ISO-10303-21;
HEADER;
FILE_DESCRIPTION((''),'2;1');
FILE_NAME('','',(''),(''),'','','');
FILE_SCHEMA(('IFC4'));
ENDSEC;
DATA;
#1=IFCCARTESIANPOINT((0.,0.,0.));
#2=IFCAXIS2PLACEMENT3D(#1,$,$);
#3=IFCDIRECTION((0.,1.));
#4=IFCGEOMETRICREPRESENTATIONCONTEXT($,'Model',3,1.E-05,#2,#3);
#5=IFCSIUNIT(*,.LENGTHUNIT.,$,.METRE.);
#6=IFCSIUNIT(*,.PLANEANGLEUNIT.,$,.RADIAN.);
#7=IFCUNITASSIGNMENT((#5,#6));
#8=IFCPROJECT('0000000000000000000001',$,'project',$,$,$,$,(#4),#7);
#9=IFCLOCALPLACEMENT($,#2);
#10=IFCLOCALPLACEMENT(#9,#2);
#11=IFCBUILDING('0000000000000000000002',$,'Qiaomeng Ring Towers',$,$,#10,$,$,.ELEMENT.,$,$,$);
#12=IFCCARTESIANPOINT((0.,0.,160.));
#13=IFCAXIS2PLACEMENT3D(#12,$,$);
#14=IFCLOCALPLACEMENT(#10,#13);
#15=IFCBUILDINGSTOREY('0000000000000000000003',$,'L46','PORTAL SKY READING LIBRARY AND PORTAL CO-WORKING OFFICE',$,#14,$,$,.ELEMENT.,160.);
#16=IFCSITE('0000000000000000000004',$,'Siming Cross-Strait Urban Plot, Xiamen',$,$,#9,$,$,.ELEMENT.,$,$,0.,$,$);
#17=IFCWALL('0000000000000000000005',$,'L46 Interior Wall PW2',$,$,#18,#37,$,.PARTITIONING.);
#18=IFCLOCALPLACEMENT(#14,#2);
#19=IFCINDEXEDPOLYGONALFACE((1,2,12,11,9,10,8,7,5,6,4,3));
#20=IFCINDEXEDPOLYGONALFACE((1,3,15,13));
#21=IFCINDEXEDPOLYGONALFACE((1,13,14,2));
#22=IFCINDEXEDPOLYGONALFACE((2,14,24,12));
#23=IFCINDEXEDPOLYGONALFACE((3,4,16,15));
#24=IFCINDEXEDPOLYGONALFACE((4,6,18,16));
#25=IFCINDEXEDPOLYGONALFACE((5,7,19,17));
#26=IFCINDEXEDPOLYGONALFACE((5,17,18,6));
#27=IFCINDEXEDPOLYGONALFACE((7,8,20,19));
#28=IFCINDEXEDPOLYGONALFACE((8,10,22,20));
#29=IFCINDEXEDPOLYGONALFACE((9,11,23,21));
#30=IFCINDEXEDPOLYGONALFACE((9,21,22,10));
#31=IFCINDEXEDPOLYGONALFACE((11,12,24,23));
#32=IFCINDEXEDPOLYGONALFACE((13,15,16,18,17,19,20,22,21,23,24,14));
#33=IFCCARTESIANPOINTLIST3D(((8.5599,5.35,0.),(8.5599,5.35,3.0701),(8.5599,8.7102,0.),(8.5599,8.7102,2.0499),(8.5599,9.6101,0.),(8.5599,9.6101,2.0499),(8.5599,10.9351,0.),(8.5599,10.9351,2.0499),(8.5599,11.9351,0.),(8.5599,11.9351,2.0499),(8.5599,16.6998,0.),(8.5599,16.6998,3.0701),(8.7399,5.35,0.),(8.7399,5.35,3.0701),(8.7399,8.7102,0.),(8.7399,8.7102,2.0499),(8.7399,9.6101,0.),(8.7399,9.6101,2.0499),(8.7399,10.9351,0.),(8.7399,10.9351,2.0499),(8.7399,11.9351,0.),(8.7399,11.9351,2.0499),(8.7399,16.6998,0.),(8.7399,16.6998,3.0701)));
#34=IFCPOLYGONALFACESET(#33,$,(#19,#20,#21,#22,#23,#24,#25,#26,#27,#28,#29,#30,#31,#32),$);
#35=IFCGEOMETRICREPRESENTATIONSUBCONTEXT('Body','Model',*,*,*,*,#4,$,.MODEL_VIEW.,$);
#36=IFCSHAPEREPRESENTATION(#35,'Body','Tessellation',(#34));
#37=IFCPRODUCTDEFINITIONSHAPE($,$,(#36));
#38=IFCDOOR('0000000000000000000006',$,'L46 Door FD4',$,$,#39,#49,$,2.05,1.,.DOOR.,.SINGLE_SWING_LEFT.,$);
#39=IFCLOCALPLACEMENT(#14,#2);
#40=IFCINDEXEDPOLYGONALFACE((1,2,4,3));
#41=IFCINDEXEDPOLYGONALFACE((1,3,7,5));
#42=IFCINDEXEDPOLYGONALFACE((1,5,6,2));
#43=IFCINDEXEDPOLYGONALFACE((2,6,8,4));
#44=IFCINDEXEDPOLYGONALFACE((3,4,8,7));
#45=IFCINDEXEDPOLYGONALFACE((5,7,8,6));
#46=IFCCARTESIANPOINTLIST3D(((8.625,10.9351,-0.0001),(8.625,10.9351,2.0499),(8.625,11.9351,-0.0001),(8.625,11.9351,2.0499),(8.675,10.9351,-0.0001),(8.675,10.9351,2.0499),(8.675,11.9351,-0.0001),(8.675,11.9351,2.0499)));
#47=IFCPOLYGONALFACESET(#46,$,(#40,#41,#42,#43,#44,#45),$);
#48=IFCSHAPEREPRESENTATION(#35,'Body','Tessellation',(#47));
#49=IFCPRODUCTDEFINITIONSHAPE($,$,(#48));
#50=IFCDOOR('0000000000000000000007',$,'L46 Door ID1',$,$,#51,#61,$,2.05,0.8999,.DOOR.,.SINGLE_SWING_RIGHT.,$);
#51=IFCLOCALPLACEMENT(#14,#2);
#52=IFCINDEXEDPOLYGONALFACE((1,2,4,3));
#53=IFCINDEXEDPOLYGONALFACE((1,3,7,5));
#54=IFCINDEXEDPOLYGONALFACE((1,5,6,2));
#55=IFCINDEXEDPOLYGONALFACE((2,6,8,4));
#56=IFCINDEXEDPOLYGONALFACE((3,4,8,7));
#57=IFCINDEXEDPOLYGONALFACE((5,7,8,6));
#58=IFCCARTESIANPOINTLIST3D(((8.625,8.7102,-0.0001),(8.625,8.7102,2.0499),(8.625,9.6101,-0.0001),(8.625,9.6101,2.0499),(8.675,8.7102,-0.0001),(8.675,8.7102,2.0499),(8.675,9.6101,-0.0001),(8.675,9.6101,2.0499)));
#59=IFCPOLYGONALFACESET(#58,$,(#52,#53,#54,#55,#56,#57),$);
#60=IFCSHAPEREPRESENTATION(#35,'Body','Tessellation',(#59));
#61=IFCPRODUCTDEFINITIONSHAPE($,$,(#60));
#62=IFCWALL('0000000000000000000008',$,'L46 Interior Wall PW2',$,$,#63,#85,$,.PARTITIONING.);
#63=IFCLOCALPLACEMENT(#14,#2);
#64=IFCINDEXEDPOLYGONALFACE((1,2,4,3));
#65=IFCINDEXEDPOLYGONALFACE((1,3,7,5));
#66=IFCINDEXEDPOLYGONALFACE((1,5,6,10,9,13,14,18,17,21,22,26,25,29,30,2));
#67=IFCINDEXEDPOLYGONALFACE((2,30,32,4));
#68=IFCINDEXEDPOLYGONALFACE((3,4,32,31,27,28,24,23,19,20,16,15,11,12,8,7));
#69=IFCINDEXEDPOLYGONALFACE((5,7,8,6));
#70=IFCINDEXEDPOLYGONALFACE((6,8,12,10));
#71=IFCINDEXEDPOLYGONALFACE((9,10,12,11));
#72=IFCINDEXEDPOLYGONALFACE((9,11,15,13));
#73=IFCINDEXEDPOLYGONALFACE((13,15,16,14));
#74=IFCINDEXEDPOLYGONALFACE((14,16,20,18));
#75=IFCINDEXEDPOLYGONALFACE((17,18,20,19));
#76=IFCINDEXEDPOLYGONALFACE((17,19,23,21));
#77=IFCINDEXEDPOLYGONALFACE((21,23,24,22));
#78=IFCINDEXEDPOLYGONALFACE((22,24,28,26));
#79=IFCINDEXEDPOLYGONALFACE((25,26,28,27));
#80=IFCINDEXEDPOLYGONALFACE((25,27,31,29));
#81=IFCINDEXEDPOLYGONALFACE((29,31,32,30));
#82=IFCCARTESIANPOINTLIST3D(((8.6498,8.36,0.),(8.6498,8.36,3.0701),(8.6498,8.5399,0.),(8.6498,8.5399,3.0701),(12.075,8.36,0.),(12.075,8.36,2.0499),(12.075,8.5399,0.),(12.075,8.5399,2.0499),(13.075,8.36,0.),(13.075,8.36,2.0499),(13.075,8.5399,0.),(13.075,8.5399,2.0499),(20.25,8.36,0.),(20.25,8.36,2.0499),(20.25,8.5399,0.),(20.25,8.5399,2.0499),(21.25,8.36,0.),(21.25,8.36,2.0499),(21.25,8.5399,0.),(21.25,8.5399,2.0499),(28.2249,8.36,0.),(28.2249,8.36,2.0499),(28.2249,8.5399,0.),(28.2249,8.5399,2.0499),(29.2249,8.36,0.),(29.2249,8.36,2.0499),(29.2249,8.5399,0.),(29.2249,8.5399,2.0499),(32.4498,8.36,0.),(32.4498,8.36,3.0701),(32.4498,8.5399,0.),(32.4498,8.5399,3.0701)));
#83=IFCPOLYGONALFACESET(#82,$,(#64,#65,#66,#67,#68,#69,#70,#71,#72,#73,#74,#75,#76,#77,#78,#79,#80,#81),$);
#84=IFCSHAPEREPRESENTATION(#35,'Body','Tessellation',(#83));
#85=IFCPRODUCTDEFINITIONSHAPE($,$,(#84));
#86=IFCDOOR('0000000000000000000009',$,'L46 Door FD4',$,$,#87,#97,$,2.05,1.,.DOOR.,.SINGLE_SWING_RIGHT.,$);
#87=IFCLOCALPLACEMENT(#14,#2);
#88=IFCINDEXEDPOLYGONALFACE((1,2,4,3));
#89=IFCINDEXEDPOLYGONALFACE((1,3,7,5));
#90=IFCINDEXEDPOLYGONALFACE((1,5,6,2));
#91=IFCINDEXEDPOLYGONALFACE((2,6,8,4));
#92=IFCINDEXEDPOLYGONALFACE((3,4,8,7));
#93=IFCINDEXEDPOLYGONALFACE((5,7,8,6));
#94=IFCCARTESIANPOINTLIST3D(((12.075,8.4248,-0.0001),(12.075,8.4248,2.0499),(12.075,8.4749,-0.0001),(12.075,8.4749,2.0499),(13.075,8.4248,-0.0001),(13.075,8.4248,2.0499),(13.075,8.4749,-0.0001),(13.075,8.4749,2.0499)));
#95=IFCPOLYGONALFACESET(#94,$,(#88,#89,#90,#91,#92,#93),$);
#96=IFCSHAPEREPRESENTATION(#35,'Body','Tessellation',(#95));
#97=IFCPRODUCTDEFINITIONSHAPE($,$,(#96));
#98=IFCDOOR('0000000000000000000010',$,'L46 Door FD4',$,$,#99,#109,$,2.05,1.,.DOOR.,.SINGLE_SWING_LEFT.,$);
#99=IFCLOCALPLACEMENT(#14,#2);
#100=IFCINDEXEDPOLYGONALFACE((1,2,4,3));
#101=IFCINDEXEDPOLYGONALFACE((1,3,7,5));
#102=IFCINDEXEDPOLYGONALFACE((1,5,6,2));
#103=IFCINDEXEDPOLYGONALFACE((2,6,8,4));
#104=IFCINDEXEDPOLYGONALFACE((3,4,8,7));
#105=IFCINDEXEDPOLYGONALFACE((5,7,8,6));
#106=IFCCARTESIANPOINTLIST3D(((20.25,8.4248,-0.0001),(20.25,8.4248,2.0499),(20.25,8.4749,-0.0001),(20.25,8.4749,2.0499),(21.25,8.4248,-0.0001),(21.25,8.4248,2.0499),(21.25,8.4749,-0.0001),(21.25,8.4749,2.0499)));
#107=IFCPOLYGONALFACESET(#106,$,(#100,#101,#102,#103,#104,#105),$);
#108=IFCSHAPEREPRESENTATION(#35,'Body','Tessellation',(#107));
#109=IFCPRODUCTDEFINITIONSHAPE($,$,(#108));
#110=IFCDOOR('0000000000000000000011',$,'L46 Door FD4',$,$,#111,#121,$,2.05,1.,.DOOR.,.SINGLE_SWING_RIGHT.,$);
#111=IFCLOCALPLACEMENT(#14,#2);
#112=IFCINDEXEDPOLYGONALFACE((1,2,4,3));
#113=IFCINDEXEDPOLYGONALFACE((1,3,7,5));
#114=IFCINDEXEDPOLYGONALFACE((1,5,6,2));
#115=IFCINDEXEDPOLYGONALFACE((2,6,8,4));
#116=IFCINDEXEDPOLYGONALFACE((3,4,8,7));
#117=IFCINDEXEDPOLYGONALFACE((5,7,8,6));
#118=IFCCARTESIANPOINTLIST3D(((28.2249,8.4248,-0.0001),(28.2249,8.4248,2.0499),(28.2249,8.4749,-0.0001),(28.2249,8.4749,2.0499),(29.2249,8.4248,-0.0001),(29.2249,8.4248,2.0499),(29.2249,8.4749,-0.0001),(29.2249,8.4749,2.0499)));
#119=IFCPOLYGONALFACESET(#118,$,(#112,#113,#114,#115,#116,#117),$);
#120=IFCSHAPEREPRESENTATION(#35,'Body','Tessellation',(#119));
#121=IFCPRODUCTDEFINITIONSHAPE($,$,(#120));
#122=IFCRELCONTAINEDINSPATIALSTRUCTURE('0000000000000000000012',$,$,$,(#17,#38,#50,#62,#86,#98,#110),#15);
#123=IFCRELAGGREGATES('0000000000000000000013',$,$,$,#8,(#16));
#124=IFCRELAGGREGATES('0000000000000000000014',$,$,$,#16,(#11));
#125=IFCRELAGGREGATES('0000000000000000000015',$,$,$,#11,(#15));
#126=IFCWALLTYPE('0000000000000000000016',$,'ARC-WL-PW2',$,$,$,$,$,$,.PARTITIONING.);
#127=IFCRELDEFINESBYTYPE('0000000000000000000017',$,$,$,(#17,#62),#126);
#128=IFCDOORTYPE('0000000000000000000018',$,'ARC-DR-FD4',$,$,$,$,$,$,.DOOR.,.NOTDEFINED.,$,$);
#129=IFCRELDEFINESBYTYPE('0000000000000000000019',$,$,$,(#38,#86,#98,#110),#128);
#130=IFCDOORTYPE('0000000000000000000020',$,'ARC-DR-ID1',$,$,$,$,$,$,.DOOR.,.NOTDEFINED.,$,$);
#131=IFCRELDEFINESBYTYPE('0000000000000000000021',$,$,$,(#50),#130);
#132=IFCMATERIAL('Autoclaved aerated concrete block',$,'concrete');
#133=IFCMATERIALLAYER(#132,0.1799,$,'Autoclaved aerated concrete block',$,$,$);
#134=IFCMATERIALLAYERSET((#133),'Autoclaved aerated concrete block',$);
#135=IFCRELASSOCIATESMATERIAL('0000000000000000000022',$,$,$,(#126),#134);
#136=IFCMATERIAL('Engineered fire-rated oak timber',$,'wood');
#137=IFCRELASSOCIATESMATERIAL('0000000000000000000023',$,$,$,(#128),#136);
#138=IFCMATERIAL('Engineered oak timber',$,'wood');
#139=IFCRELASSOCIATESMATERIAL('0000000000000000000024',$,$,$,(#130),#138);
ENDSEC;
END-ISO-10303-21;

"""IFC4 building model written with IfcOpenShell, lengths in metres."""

from ifc_helpers import new_model, si_unit, direction, frame, frame_2d, origin, place, context, subcontext, project, spatial, rectangle, extrude, source, transform, mapped, material, layer, layer_set, type_object, element, fill, save


model = new_model("IFC4")

# Units and contexts
model_context = context("Model", 3, precision=1e-05, world=origin(), true_north=direction((0.0, 1.0)))
body_context = subcontext(model_context, "Body", "Model", "MODEL_VIEW")
ifc_project = project(units=[si_unit("LENGTHUNIT", "METRE"), si_unit("PLANEANGLEUNIT", "RADIAN")], contexts=[model_context])

# Site, building, storey
site_placement = place(None, origin())
site = spatial("IfcSite", under=ifc_project, at=site_placement, Name="Siming Cross-Strait Urban Plot, Xiamen", CompositionType="ELEMENT", RefElevation=0.0)
building_placement = place(site_placement, origin())
building = spatial("IfcBuilding", under=site, at=building_placement, Name="Qiaomeng Ring Towers", CompositionType="ELEMENT")
storey_placement = place(building_placement, frame((0.0, 0.0, 160.0)))
storey = spatial("IfcBuildingStorey", under=building, at=storey_placement, Name="L46", Description="PORTAL SKY READING LIBRARY AND PORTAL CO-WORKING OFFICE", CompositionType="ELEMENT", Elevation=160.0)

# Walls, openings, doors
ifc_material_1 = material(Name="Autoclaved aerated concrete block", Category="concrete")
ifc_layer_1 = layer(ifc_material_1, 0.1799, Name="Autoclaved aerated concrete block")
ifc_layer_set_1 = layer_set([ifc_layer_1], Name="Autoclaved aerated concrete block")
wall_type_1 = type_object("IfcWallType", Name="ARC-WL-PW2", PredefinedType="PARTITIONING", material=ifc_layer_set_1)
wall_1_placement = place(storey_placement, frame((8.6499, 5.3501, 0.0), z_axis=(0.0, 0.0, 1.0), x_axis=(0.0, 1.0, 0.0)))
wall_1 = element("IfcWall", 1, at=wall_1_placement, inside=storey, type_object=wall_type_1, Name="L46 Interior Wall PW2", PredefinedType="PARTITIONING", context=body_context, shape_type="SweptSolid", body=[
    extrude(rectangle(XDim=11.3499, YDim=0.1799, at=frame_2d((5.6748, 0.0))), origin(), (0.0, 0.0, 1.0), 3.0701),
])
opening_1_placement = place(wall_1_placement, frame((3.3601, 0.0, 0.0)))
opening_1 = element("IfcOpeningElement", 2, at=opening_1_placement, cuts=wall_1, PredefinedType="OPENING", context=body_context, shape_type="SweptSolid", body=[
    extrude(rectangle(XDim=0.8999, YDim=2.05, at=frame_2d((0.45, 1.0249))), frame((0.0, 0.0999, 0.0), z_axis=(0.0, -1.0, 0.0), x_axis=(1.0, 0.0, 0.0)), (0.0, 0.0, 1.0), 0.2),
])
opening_2_placement = place(wall_1_placement, frame((5.585, 0.0, 0.0)))
opening_2 = element("IfcOpeningElement", 3, at=opening_2_placement, cuts=wall_1, PredefinedType="OPENING", context=body_context, shape_type="SweptSolid", body=[
    extrude(rectangle(XDim=1.0, YDim=2.05, at=frame_2d((0.5, 1.0249))), frame((0.0, 0.0999, 0.0), z_axis=(0.0, -1.0, 0.0), x_axis=(1.0, 0.0, 0.0)), (0.0, 0.0, 1.0), 0.2),
])
ifc_material_2 = material(Name="Engineered fire-rated oak timber", Category="wood")
door_type_1 = type_object("IfcDoorType", Name="ARC-DR-FD4", OperationType="NOTDEFINED", PredefinedType="DOOR", material=ifc_material_2)
shared_shape_1 = source(origin(), body_context, "Body", "SweptSolid", [
    extrude(rectangle(XDim=1.0, YDim=2.05, at=frame_2d((0.5, 1.0249))), frame((0.0, 0.0249, 0.0), z_axis=(0.0, -1.0, 0.0), x_axis=(1.0, 0.0, 0.0)), (0.0, 0.0, 1.0), 0.05),
])
door_1_placement = place(opening_2_placement, origin())
door_1 = element("IfcDoor", 4, at=door_1_placement, inside=storey, type_object=door_type_1, Name="L46 Door FD4", OperationType="SINGLE_SWING_LEFT", OverallHeight=2.05, OverallWidth=1.0, PredefinedType="DOOR", context=body_context, shape_type="MappedRepresentation", body=[
    mapped(shared_shape_1, transform((0.0, 0.0, 0.0), x_axis=(1.0, 0.0, 0.0), y_axis=(0.0, 1.0, 0.0), z_axis=(0.0, 0.0, 1.0), scale=1.0)),
])
fill(opening_2, door_1)
ifc_material_3 = material(Name="Engineered oak timber", Category="wood")
door_type_2 = type_object("IfcDoorType", Name="ARC-DR-ID1", OperationType="NOTDEFINED", PredefinedType="DOOR", material=ifc_material_3)
shared_shape_2 = source(origin(), body_context, "Body", "SweptSolid", [
    extrude(rectangle(XDim=0.8999, YDim=2.05, at=frame_2d((0.45, 1.0249))), frame((0.0, 0.0249, 0.0), z_axis=(0.0, -1.0, 0.0), x_axis=(1.0, 0.0, 0.0)), (0.0, 0.0, 1.0), 0.05),
])
door_2_placement = place(opening_1_placement, origin())
door_2 = element("IfcDoor", 5, at=door_2_placement, inside=storey, type_object=door_type_2, Name="L46 Door ID1", OperationType="SINGLE_SWING_RIGHT", OverallHeight=2.05, OverallWidth=0.8999, PredefinedType="DOOR", context=body_context, shape_type="MappedRepresentation", body=[
    mapped(shared_shape_2, transform((0.0, 0.0, 0.0), x_axis=(1.0, 0.0, 0.0), y_axis=(0.0, 1.0, 0.0), z_axis=(0.0, 0.0, 1.0), scale=1.0)),
])
fill(opening_1, door_2)
wall_2_placement = place(storey_placement, frame((8.6499, 8.45, 0.0), z_axis=(0.0, 0.0, 1.0), x_axis=(1.0, 0.0, 0.0)))
wall_2 = element("IfcWall", 6, at=wall_2_placement, inside=storey, type_object=wall_type_1, Name="L46 Interior Wall PW2", PredefinedType="PARTITIONING", context=body_context, shape_type="SweptSolid", body=[
    extrude(rectangle(XDim=23.8, YDim=0.1799, at=frame_2d((11.8999, 0.0))), origin(), (0.0, 0.0, 1.0), 3.0701),
])
opening_3_placement = place(wall_2_placement, frame((3.425, 0.0, 0.0)))
opening_3 = element("IfcOpeningElement", 7, at=opening_3_placement, cuts=wall_2, PredefinedType="OPENING", context=body_context, shape_type="SweptSolid", body=[
    extrude(rectangle(XDim=1.0, YDim=2.05, at=frame_2d((0.5, 1.0249))), frame((0.0, 0.0999, 0.0), z_axis=(0.0, -1.0, 0.0), x_axis=(1.0, 0.0, 0.0)), (0.0, 0.0, 1.0), 0.2),
])
opening_4_placement = place(wall_2_placement, frame((11.6001, 0.0, 0.0)))
opening_4 = element("IfcOpeningElement", 8, at=opening_4_placement, cuts=wall_2, PredefinedType="OPENING", context=body_context, shape_type="SweptSolid", body=[
    extrude(rectangle(XDim=1.0, YDim=2.05, at=frame_2d((0.5, 1.0249))), frame((0.0, 0.0999, 0.0), z_axis=(0.0, -1.0, 0.0), x_axis=(1.0, 0.0, 0.0)), (0.0, 0.0, 1.0), 0.2),
])
opening_5_placement = place(wall_2_placement, frame((19.575, 0.0, 0.0)))
opening_5 = element("IfcOpeningElement", 9, at=opening_5_placement, cuts=wall_2, PredefinedType="OPENING", context=body_context, shape_type="SweptSolid", body=[
    extrude(rectangle(XDim=1.0, YDim=2.05, at=frame_2d((0.5, 1.0249))), frame((0.0, 0.0999, 0.0), z_axis=(0.0, -1.0, 0.0), x_axis=(1.0, 0.0, 0.0)), (0.0, 0.0, 1.0), 0.2),
])
door_3_placement = place(opening_3_placement, origin())
door_3 = element("IfcDoor", 10, at=door_3_placement, inside=storey, type_object=door_type_1, Name="L46 Door FD4", OperationType="SINGLE_SWING_RIGHT", OverallHeight=2.05, OverallWidth=1.0, PredefinedType="DOOR", context=body_context, shape_type="MappedRepresentation", body=[
    mapped(shared_shape_1, transform((0.0, 0.0, 0.0), x_axis=(1.0, 0.0, 0.0), y_axis=(0.0, 1.0, 0.0), z_axis=(0.0, 0.0, 1.0), scale=1.0)),
])
fill(opening_3, door_3)
door_4_placement = place(opening_4_placement, origin())
door_4 = element("IfcDoor", 11, at=door_4_placement, inside=storey, type_object=door_type_1, Name="L46 Door FD4", OperationType="SINGLE_SWING_LEFT", OverallHeight=2.05, OverallWidth=1.0, PredefinedType="DOOR", context=body_context, shape_type="MappedRepresentation", body=[
    mapped(shared_shape_1, transform((0.0, 0.0, 0.0), x_axis=(1.0, 0.0, 0.0), y_axis=(0.0, 1.0, 0.0), z_axis=(0.0, 0.0, 1.0), scale=1.0)),
])
fill(opening_4, door_4)
door_5_placement = place(opening_5_placement, origin())
door_5 = element("IfcDoor", 12, at=door_5_placement, inside=storey, type_object=door_type_1, Name="L46 Door FD4", OperationType="SINGLE_SWING_RIGHT", OverallHeight=2.05, OverallWidth=1.0, PredefinedType="DOOR", context=body_context, shape_type="MappedRepresentation", body=[
    mapped(shared_shape_1, transform((0.0, 0.0, 0.0), x_axis=(1.0, 0.0, 0.0), y_axis=(0.0, 1.0, 0.0), z_axis=(0.0, 0.0, 1.0), scale=1.0)),
])
fill(opening_5, door_5)

save(model, "model.ifc")
